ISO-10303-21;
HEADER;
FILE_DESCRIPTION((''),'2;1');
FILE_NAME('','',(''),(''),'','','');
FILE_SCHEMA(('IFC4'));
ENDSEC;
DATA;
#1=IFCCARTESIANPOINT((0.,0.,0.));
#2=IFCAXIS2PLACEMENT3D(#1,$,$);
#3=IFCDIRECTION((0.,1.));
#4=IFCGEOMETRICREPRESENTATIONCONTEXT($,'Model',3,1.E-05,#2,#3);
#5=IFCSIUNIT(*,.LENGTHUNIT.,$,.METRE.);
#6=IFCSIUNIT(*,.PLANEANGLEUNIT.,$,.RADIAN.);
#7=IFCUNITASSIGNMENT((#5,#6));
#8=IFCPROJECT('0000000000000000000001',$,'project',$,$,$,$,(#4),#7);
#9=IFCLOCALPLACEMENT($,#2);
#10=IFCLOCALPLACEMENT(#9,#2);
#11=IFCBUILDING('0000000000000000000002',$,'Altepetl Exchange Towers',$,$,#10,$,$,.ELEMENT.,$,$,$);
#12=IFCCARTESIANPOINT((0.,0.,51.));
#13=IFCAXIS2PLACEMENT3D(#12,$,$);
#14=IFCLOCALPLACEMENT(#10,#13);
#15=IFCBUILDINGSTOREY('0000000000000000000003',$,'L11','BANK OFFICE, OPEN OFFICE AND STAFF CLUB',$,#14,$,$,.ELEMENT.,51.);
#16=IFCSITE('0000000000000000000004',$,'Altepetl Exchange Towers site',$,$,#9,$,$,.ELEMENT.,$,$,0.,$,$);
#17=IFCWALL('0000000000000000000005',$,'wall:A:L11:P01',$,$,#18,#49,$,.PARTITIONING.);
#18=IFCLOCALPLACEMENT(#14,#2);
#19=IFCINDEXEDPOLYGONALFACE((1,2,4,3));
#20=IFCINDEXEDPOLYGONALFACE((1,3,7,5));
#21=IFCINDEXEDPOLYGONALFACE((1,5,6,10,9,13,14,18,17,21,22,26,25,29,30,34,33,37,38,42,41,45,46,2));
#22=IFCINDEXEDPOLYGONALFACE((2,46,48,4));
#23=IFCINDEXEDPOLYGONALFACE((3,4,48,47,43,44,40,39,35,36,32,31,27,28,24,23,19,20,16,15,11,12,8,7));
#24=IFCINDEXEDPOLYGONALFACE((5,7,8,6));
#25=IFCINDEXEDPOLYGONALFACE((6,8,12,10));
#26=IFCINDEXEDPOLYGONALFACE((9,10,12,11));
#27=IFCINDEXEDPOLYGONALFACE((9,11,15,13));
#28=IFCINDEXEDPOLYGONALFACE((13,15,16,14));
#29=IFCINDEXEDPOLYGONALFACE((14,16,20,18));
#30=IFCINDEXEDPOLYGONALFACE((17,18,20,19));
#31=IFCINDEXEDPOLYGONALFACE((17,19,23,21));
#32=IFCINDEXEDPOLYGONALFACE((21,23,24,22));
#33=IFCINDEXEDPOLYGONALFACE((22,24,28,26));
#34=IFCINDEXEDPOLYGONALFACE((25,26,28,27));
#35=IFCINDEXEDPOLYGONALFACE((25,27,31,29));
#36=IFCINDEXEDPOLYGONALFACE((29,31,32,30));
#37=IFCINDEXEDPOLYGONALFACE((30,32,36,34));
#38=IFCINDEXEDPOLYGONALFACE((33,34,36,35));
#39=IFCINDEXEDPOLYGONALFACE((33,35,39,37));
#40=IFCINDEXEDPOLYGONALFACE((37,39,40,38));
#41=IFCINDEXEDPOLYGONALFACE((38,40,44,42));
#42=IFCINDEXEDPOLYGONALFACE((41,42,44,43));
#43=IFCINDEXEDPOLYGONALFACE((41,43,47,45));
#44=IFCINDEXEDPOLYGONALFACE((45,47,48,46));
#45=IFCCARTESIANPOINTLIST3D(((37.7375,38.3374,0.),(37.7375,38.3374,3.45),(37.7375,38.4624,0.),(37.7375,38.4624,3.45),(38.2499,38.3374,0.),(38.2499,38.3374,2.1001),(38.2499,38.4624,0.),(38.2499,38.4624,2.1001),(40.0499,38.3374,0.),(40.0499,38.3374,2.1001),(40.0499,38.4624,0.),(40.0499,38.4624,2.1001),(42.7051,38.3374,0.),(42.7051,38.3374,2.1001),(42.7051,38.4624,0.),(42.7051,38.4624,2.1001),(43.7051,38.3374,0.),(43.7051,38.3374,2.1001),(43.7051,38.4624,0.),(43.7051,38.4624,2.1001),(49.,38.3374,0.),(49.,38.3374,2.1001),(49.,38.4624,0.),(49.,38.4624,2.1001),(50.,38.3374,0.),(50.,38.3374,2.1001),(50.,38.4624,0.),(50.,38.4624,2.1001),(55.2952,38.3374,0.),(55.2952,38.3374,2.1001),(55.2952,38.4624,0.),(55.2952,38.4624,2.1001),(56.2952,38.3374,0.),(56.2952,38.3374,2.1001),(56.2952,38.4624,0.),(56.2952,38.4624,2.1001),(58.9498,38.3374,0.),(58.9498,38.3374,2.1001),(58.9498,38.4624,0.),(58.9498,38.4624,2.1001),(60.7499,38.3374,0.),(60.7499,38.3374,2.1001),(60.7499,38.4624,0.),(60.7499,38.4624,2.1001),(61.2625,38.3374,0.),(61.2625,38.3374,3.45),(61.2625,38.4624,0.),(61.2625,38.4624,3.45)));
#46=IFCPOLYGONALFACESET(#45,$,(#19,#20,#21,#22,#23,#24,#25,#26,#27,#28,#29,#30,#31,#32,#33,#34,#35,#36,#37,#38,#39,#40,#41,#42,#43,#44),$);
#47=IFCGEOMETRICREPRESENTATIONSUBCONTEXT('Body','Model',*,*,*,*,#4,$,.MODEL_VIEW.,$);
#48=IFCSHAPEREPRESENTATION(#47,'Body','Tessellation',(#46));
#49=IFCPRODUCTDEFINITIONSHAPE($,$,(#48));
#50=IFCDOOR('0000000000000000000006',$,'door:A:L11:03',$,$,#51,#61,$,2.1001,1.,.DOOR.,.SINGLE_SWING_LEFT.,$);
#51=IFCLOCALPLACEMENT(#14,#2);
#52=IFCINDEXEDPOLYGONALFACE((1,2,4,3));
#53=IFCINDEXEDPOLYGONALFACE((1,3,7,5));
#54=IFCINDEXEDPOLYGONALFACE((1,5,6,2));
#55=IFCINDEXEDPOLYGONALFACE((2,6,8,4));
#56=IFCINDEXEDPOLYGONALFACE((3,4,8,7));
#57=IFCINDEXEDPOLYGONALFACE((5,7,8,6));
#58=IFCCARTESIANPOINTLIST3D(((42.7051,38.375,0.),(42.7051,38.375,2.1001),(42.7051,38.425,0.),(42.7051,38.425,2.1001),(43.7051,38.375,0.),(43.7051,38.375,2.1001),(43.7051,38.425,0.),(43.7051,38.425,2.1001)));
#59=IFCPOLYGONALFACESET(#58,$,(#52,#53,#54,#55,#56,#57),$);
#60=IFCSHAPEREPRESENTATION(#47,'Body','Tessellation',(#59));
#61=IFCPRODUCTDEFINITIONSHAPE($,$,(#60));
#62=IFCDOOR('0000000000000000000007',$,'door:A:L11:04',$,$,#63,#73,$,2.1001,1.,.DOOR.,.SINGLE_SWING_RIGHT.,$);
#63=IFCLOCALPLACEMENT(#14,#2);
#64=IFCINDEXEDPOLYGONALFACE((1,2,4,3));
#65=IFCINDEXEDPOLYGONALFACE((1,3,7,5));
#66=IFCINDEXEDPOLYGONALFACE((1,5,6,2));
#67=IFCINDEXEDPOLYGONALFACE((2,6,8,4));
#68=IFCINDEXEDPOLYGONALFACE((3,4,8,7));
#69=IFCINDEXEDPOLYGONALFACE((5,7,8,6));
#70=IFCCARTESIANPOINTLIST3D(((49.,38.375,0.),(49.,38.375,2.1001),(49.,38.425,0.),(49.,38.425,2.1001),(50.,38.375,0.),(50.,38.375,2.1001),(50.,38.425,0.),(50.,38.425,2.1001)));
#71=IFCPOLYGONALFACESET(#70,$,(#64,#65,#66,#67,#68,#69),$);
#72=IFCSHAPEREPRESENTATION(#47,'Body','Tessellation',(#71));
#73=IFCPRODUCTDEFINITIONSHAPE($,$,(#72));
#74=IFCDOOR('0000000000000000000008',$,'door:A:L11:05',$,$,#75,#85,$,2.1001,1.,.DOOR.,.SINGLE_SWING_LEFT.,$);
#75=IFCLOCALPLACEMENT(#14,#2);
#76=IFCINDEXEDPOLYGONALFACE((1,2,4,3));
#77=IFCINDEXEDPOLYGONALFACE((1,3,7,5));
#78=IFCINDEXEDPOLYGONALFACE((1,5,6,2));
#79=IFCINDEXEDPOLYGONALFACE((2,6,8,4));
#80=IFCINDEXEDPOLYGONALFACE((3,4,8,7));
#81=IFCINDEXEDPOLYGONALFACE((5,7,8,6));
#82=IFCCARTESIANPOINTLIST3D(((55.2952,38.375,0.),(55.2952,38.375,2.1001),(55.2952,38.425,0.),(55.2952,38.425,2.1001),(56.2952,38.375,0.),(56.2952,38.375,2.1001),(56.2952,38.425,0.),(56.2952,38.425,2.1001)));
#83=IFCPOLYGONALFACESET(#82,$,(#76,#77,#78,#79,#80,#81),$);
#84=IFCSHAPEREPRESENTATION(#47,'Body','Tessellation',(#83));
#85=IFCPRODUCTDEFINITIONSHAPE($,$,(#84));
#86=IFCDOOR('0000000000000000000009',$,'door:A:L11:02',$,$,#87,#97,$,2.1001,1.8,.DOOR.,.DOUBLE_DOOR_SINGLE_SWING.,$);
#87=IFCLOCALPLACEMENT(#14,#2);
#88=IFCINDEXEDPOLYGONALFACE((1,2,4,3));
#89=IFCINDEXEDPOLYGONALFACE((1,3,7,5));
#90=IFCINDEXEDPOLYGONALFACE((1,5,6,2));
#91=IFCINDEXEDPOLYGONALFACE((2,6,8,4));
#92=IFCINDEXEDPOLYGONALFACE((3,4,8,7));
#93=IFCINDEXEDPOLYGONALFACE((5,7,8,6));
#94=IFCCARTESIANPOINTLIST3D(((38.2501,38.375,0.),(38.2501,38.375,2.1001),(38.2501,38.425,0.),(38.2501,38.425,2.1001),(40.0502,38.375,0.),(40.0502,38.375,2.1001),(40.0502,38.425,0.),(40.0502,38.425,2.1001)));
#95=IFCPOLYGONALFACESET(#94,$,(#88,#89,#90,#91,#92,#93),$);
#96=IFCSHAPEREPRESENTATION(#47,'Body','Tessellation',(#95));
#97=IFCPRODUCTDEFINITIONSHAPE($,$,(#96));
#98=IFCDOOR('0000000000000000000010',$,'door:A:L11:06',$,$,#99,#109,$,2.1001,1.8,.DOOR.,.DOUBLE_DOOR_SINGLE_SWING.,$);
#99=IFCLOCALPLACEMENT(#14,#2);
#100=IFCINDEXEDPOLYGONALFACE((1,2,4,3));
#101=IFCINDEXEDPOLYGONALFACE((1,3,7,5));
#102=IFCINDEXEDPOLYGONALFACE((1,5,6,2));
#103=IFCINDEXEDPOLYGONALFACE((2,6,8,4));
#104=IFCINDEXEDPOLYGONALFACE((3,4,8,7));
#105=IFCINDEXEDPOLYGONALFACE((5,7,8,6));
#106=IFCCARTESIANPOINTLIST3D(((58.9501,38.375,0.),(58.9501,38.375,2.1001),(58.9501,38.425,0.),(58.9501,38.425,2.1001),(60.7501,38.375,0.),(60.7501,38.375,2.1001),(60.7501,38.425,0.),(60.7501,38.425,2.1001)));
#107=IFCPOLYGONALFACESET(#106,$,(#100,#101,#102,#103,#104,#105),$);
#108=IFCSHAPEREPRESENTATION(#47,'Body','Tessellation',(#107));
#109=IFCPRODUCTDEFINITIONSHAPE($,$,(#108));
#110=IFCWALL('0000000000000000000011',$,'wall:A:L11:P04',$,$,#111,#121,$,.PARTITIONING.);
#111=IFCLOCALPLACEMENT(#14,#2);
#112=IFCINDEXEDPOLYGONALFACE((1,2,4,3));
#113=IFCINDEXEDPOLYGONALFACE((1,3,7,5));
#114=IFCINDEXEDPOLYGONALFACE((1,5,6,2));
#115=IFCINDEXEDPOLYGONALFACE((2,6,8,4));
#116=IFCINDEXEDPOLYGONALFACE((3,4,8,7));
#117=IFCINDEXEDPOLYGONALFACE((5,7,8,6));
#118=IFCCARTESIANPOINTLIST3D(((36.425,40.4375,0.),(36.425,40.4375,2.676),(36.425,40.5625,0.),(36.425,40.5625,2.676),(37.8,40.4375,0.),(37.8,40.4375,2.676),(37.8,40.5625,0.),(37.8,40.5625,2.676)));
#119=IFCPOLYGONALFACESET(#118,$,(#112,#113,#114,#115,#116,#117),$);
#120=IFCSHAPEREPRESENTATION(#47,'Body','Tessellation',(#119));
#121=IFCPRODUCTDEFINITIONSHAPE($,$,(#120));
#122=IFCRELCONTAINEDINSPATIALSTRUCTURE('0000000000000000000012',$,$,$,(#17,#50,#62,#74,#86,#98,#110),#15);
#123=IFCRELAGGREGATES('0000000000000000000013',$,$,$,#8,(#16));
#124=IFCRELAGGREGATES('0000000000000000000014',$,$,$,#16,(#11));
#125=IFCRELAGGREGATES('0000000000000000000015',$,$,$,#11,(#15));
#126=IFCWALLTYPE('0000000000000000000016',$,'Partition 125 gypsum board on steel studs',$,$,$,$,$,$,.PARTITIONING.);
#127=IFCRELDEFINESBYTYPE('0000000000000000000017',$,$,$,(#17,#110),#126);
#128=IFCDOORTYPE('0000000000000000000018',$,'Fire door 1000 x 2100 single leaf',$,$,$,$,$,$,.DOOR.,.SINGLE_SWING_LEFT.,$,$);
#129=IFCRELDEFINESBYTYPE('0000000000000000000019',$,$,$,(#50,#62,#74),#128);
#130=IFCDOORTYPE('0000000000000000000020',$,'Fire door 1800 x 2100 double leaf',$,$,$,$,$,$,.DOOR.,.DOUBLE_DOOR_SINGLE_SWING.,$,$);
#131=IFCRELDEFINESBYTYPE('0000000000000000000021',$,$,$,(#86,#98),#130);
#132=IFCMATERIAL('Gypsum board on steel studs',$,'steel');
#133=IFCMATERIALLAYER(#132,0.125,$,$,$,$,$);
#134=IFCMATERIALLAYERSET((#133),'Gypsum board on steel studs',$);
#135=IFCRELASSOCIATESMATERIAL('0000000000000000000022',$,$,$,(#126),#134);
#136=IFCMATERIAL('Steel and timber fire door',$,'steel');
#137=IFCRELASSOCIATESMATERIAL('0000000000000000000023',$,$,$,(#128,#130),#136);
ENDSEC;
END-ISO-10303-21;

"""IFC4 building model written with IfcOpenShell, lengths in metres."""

from ifc_helpers import new_model, si_unit, direction, frame, frame_2d, origin, place, context, subcontext, project, spatial, rectangle, extrude, material, layer, layer_set, type_object, element, fill, save


model = new_model("IFC4")

# Units and contexts
model_context = context("Model", 3, precision=1e-05, world=origin(), true_north=direction((0.0, 1.0)))
body_context = subcontext(model_context, "Body", "Model", "MODEL_VIEW")
ifc_project = project(units=[si_unit("LENGTHUNIT", "METRE"), si_unit("PLANEANGLEUNIT", "RADIAN")], contexts=[model_context])

# Site, building, storey
site_placement = place(None, origin())
site = spatial("IfcSite", under=ifc_project, at=site_placement, Name="Altepetl Exchange Towers site", CompositionType="ELEMENT", RefElevation=0.0)
building_placement = place(site_placement, origin())
building = spatial("IfcBuilding", under=site, at=building_placement, Name="Altepetl Exchange Towers", CompositionType="ELEMENT")
storey_placement = place(building_placement, frame((0.0, 0.0, 51.0)))
storey = spatial("IfcBuildingStorey", under=building, at=storey_placement, Name="L11", Description="BANK OFFICE, OPEN OFFICE AND STAFF CLUB", CompositionType="ELEMENT", Elevation=51.0)

# Wall, openings, doors
ifc_material_1 = material(Name="Steel and timber fire door", Category="steel")
ifc_material_2 = material(Name="Gypsum board on steel studs", Category="steel")
ifc_layer_1 = layer(ifc_material_2, 0.125)
ifc_layer_set_1 = layer_set([ifc_layer_1], Name="Gypsum board on steel studs")
wall_type_1 = type_object("IfcWallType", Name="Partition 125 gypsum board on steel studs", PredefinedType="PARTITIONING", material=ifc_layer_set_1)
wall_1_placement = place(storey_placement, frame((37.7375, 38.3999, 0.0)))
wall_1 = element("IfcWall", 1, at=wall_1_placement, inside=storey, type_object=wall_type_1, Name="wall:A:L11:P01", PredefinedType="PARTITIONING", context=body_context, shape_type="SweptSolid", body=[
    extrude(rectangle(XDim=23.5249, YDim=0.125, at=frame_2d((11.7625, 0.0))), origin(), (0.0, 0.0, 1.0), 3.45),
])
opening_1_placement = place(wall_1_placement, frame((0.5125, 0.0, 0.0)))
opening_1 = element("IfcOpeningElement", 2, at=opening_1_placement, cuts=wall_1, PredefinedType="OPENING", context=body_context, shape_type="SweptSolid", body=[
    extrude(rectangle(XDim=1.8, YDim=2.1001, at=frame_2d((0.8999, 1.05))), frame((0.0, 0.0725, 0.0), z_axis=(0.0, -1.0, 0.0), x_axis=(1.0, 0.0, 0.0)), (0.0, 0.0, 1.0), 0.145),
])
opening_2_placement = place(wall_1_placement, frame((4.9675, 0.0, 0.0)))
opening_2 = element("IfcOpeningElement", 3, at=opening_2_placement, cuts=wall_1, PredefinedType="OPENING", context=body_context, shape_type="SweptSolid", body=[
    extrude(rectangle(XDim=1.0, YDim=2.1001, at=frame_2d((0.5, 1.05))), frame((0.0, 0.0725, 0.0), z_axis=(0.0, -1.0, 0.0), x_axis=(1.0, 0.0, 0.0)), (0.0, 0.0, 1.0), 0.145),
])
opening_3_placement = place(wall_1_placement, frame((11.2625, 0.0, 0.0)))
opening_3 = element("IfcOpeningElement", 4, at=opening_3_placement, cuts=wall_1, PredefinedType="OPENING", context=body_context, shape_type="SweptSolid", body=[
    extrude(rectangle(XDim=1.0, YDim=2.1001, at=frame_2d((0.5, 1.05))), frame((0.0, 0.0725, 0.0), z_axis=(0.0, -1.0, 0.0), x_axis=(1.0, 0.0, 0.0)), (0.0, 0.0, 1.0), 0.145),
])
opening_4_placement = place(wall_1_placement, frame((17.5576, 0.0, 0.0)))
opening_4 = element("IfcOpeningElement", 5, at=opening_4_placement, cuts=wall_1, PredefinedType="OPENING", context=body_context, shape_type="SweptSolid", body=[
    extrude(rectangle(XDim=1.0, YDim=2.1001, at=frame_2d((0.5, 1.05))), frame((0.0, 0.0725, 0.0), z_axis=(0.0, -1.0, 0.0), x_axis=(1.0, 0.0, 0.0)), (0.0, 0.0, 1.0), 0.145),
])
opening_5_placement = place(wall_1_placement, frame((21.2124, 0.0, 0.0)))
opening_5 = element("IfcOpeningElement", 6, at=opening_5_placement, cuts=wall_1, PredefinedType="OPENING", context=body_context, shape_type="SweptSolid", body=[
    extrude(rectangle(XDim=1.8, YDim=2.1001, at=frame_2d((0.8999, 1.05))), frame((0.0, 0.0725, 0.0), z_axis=(0.0, -1.0, 0.0), x_axis=(1.0, 0.0, 0.0)), (0.0, 0.0, 1.0), 0.145),
])
door_type_1 = type_object("IfcDoorType", Name="Fire door 1000 x 2100 single leaf", OperationType="SINGLE_SWING_LEFT", PredefinedType="DOOR", material=ifc_material_1)
door_1_placement = place(opening_2_placement, frame((1.0, 0.0, 0.0), x_axis=(-1.0, 0.0, 0.0)))
door_1 = element("IfcDoor", 7, at=door_1_placement, inside=storey, type_object=door_type_1, Name="door:A:L11:03", OperationType="SINGLE_SWING_LEFT", OverallHeight=2.1001, OverallWidth=1.0, PredefinedType="DOOR", context=body_context, shape_type="SweptSolid", body=[
    extrude(rectangle(XDim=1.0, YDim=2.1001, at=frame_2d((0.5, 1.05))), frame((0.0, 0.0249, 0.0), z_axis=(0.0, -1.0, 0.0), x_axis=(1.0, 0.0, 0.0)), (0.0, 0.0, 1.0), 0.05),
])
fill(opening_2, door_1)
door_2_placement = place(opening_3_placement, frame((1.0, 0.0, 0.0), x_axis=(-1.0, 0.0, 0.0)))
door_2 = element("IfcDoor", 8, at=door_2_placement, inside=storey, type_object=door_type_1, Name="door:A:L11:04", OperationType="SINGLE_SWING_RIGHT", OverallHeight=2.1001, OverallWidth=1.0, PredefinedType="DOOR", context=body_context, shape_type="SweptSolid", body=[
    extrude(rectangle(XDim=1.0, YDim=2.1001, at=frame_2d((0.5, 1.05))), frame((0.0, 0.0249, 0.0), z_axis=(0.0, -1.0, 0.0), x_axis=(1.0, 0.0, 0.0)), (0.0, 0.0, 1.0), 0.05),
])
fill(opening_3, door_2)
door_3_placement = place(opening_4_placement, frame((1.0, 0.0, 0.0), x_axis=(-1.0, 0.0, 0.0)))
door_3 = element("IfcDoor", 9, at=door_3_placement, inside=storey, type_object=door_type_1, Name="door:A:L11:05", OperationType="SINGLE_SWING_LEFT", OverallHeight=2.1001, OverallWidth=1.0, PredefinedType="DOOR", context=body_context, shape_type="SweptSolid", body=[
    extrude(rectangle(XDim=1.0, YDim=2.1001, at=frame_2d((0.5, 1.05))), frame((0.0, 0.0249, 0.0), z_axis=(0.0, -1.0, 0.0), x_axis=(1.0, 0.0, 0.0)), (0.0, 0.0, 1.0), 0.05),
])
fill(opening_4, door_3)
door_type_2 = type_object("IfcDoorType", Name="Fire door 1800 x 2100 double leaf", OperationType="DOUBLE_DOOR_SINGLE_SWING", PredefinedType="DOOR", material=ifc_material_1)
door_4_placement = place(opening_1_placement, frame((1.8, 0.0, 0.0), x_axis=(-1.0, 0.0, 0.0)))
door_4 = element("IfcDoor", 10, at=door_4_placement, inside=storey, type_object=door_type_2, Name="door:A:L11:02", OperationType="DOUBLE_DOOR_SINGLE_SWING", OverallHeight=2.1001, OverallWidth=1.8, PredefinedType="DOOR", context=body_context, shape_type="SweptSolid", body=[
    extrude(rectangle(XDim=1.8, YDim=2.1001, at=frame_2d((0.8999, 1.05))), frame((0.0, 0.0249, 0.0), z_axis=(0.0, -1.0, 0.0), x_axis=(1.0, 0.0, 0.0)), (0.0, 0.0, 1.0), 0.05),
])
fill(opening_1, door_4)
door_5_placement = place(opening_5_placement, frame((1.8, 0.0, 0.0), x_axis=(-1.0, 0.0, 0.0)))
door_5 = element("IfcDoor", 11, at=door_5_placement, inside=storey, type_object=door_type_2, Name="door:A:L11:06", OperationType="DOUBLE_DOOR_SINGLE_SWING", OverallHeight=2.1001, OverallWidth=1.8, PredefinedType="DOOR", context=body_context, shape_type="SweptSolid", body=[
    extrude(rectangle(XDim=1.8, YDim=2.1001, at=frame_2d((0.8999, 1.05))), frame((0.0, 0.0249, 0.0), z_axis=(0.0, -1.0, 0.0), x_axis=(1.0, 0.0, 0.0)), (0.0, 0.0, 1.0), 0.05),
])
fill(opening_5, door_5)

# Wall
wall_2_placement = place(storey_placement, frame((36.425, 40.5, 0.0)))
element("IfcWall", 12, at=wall_2_placement, inside=storey, type_object=wall_type_1, Name="wall:A:L11:P04", PredefinedType="PARTITIONING", context=body_context, shape_type="SweptSolid", body=[
    extrude(rectangle(XDim=1.375, YDim=0.125, at=frame_2d((0.6875, 0.0))), origin(), (0.0, 0.0, 1.0), 2.676),
])

save(model, "model.ifc")
